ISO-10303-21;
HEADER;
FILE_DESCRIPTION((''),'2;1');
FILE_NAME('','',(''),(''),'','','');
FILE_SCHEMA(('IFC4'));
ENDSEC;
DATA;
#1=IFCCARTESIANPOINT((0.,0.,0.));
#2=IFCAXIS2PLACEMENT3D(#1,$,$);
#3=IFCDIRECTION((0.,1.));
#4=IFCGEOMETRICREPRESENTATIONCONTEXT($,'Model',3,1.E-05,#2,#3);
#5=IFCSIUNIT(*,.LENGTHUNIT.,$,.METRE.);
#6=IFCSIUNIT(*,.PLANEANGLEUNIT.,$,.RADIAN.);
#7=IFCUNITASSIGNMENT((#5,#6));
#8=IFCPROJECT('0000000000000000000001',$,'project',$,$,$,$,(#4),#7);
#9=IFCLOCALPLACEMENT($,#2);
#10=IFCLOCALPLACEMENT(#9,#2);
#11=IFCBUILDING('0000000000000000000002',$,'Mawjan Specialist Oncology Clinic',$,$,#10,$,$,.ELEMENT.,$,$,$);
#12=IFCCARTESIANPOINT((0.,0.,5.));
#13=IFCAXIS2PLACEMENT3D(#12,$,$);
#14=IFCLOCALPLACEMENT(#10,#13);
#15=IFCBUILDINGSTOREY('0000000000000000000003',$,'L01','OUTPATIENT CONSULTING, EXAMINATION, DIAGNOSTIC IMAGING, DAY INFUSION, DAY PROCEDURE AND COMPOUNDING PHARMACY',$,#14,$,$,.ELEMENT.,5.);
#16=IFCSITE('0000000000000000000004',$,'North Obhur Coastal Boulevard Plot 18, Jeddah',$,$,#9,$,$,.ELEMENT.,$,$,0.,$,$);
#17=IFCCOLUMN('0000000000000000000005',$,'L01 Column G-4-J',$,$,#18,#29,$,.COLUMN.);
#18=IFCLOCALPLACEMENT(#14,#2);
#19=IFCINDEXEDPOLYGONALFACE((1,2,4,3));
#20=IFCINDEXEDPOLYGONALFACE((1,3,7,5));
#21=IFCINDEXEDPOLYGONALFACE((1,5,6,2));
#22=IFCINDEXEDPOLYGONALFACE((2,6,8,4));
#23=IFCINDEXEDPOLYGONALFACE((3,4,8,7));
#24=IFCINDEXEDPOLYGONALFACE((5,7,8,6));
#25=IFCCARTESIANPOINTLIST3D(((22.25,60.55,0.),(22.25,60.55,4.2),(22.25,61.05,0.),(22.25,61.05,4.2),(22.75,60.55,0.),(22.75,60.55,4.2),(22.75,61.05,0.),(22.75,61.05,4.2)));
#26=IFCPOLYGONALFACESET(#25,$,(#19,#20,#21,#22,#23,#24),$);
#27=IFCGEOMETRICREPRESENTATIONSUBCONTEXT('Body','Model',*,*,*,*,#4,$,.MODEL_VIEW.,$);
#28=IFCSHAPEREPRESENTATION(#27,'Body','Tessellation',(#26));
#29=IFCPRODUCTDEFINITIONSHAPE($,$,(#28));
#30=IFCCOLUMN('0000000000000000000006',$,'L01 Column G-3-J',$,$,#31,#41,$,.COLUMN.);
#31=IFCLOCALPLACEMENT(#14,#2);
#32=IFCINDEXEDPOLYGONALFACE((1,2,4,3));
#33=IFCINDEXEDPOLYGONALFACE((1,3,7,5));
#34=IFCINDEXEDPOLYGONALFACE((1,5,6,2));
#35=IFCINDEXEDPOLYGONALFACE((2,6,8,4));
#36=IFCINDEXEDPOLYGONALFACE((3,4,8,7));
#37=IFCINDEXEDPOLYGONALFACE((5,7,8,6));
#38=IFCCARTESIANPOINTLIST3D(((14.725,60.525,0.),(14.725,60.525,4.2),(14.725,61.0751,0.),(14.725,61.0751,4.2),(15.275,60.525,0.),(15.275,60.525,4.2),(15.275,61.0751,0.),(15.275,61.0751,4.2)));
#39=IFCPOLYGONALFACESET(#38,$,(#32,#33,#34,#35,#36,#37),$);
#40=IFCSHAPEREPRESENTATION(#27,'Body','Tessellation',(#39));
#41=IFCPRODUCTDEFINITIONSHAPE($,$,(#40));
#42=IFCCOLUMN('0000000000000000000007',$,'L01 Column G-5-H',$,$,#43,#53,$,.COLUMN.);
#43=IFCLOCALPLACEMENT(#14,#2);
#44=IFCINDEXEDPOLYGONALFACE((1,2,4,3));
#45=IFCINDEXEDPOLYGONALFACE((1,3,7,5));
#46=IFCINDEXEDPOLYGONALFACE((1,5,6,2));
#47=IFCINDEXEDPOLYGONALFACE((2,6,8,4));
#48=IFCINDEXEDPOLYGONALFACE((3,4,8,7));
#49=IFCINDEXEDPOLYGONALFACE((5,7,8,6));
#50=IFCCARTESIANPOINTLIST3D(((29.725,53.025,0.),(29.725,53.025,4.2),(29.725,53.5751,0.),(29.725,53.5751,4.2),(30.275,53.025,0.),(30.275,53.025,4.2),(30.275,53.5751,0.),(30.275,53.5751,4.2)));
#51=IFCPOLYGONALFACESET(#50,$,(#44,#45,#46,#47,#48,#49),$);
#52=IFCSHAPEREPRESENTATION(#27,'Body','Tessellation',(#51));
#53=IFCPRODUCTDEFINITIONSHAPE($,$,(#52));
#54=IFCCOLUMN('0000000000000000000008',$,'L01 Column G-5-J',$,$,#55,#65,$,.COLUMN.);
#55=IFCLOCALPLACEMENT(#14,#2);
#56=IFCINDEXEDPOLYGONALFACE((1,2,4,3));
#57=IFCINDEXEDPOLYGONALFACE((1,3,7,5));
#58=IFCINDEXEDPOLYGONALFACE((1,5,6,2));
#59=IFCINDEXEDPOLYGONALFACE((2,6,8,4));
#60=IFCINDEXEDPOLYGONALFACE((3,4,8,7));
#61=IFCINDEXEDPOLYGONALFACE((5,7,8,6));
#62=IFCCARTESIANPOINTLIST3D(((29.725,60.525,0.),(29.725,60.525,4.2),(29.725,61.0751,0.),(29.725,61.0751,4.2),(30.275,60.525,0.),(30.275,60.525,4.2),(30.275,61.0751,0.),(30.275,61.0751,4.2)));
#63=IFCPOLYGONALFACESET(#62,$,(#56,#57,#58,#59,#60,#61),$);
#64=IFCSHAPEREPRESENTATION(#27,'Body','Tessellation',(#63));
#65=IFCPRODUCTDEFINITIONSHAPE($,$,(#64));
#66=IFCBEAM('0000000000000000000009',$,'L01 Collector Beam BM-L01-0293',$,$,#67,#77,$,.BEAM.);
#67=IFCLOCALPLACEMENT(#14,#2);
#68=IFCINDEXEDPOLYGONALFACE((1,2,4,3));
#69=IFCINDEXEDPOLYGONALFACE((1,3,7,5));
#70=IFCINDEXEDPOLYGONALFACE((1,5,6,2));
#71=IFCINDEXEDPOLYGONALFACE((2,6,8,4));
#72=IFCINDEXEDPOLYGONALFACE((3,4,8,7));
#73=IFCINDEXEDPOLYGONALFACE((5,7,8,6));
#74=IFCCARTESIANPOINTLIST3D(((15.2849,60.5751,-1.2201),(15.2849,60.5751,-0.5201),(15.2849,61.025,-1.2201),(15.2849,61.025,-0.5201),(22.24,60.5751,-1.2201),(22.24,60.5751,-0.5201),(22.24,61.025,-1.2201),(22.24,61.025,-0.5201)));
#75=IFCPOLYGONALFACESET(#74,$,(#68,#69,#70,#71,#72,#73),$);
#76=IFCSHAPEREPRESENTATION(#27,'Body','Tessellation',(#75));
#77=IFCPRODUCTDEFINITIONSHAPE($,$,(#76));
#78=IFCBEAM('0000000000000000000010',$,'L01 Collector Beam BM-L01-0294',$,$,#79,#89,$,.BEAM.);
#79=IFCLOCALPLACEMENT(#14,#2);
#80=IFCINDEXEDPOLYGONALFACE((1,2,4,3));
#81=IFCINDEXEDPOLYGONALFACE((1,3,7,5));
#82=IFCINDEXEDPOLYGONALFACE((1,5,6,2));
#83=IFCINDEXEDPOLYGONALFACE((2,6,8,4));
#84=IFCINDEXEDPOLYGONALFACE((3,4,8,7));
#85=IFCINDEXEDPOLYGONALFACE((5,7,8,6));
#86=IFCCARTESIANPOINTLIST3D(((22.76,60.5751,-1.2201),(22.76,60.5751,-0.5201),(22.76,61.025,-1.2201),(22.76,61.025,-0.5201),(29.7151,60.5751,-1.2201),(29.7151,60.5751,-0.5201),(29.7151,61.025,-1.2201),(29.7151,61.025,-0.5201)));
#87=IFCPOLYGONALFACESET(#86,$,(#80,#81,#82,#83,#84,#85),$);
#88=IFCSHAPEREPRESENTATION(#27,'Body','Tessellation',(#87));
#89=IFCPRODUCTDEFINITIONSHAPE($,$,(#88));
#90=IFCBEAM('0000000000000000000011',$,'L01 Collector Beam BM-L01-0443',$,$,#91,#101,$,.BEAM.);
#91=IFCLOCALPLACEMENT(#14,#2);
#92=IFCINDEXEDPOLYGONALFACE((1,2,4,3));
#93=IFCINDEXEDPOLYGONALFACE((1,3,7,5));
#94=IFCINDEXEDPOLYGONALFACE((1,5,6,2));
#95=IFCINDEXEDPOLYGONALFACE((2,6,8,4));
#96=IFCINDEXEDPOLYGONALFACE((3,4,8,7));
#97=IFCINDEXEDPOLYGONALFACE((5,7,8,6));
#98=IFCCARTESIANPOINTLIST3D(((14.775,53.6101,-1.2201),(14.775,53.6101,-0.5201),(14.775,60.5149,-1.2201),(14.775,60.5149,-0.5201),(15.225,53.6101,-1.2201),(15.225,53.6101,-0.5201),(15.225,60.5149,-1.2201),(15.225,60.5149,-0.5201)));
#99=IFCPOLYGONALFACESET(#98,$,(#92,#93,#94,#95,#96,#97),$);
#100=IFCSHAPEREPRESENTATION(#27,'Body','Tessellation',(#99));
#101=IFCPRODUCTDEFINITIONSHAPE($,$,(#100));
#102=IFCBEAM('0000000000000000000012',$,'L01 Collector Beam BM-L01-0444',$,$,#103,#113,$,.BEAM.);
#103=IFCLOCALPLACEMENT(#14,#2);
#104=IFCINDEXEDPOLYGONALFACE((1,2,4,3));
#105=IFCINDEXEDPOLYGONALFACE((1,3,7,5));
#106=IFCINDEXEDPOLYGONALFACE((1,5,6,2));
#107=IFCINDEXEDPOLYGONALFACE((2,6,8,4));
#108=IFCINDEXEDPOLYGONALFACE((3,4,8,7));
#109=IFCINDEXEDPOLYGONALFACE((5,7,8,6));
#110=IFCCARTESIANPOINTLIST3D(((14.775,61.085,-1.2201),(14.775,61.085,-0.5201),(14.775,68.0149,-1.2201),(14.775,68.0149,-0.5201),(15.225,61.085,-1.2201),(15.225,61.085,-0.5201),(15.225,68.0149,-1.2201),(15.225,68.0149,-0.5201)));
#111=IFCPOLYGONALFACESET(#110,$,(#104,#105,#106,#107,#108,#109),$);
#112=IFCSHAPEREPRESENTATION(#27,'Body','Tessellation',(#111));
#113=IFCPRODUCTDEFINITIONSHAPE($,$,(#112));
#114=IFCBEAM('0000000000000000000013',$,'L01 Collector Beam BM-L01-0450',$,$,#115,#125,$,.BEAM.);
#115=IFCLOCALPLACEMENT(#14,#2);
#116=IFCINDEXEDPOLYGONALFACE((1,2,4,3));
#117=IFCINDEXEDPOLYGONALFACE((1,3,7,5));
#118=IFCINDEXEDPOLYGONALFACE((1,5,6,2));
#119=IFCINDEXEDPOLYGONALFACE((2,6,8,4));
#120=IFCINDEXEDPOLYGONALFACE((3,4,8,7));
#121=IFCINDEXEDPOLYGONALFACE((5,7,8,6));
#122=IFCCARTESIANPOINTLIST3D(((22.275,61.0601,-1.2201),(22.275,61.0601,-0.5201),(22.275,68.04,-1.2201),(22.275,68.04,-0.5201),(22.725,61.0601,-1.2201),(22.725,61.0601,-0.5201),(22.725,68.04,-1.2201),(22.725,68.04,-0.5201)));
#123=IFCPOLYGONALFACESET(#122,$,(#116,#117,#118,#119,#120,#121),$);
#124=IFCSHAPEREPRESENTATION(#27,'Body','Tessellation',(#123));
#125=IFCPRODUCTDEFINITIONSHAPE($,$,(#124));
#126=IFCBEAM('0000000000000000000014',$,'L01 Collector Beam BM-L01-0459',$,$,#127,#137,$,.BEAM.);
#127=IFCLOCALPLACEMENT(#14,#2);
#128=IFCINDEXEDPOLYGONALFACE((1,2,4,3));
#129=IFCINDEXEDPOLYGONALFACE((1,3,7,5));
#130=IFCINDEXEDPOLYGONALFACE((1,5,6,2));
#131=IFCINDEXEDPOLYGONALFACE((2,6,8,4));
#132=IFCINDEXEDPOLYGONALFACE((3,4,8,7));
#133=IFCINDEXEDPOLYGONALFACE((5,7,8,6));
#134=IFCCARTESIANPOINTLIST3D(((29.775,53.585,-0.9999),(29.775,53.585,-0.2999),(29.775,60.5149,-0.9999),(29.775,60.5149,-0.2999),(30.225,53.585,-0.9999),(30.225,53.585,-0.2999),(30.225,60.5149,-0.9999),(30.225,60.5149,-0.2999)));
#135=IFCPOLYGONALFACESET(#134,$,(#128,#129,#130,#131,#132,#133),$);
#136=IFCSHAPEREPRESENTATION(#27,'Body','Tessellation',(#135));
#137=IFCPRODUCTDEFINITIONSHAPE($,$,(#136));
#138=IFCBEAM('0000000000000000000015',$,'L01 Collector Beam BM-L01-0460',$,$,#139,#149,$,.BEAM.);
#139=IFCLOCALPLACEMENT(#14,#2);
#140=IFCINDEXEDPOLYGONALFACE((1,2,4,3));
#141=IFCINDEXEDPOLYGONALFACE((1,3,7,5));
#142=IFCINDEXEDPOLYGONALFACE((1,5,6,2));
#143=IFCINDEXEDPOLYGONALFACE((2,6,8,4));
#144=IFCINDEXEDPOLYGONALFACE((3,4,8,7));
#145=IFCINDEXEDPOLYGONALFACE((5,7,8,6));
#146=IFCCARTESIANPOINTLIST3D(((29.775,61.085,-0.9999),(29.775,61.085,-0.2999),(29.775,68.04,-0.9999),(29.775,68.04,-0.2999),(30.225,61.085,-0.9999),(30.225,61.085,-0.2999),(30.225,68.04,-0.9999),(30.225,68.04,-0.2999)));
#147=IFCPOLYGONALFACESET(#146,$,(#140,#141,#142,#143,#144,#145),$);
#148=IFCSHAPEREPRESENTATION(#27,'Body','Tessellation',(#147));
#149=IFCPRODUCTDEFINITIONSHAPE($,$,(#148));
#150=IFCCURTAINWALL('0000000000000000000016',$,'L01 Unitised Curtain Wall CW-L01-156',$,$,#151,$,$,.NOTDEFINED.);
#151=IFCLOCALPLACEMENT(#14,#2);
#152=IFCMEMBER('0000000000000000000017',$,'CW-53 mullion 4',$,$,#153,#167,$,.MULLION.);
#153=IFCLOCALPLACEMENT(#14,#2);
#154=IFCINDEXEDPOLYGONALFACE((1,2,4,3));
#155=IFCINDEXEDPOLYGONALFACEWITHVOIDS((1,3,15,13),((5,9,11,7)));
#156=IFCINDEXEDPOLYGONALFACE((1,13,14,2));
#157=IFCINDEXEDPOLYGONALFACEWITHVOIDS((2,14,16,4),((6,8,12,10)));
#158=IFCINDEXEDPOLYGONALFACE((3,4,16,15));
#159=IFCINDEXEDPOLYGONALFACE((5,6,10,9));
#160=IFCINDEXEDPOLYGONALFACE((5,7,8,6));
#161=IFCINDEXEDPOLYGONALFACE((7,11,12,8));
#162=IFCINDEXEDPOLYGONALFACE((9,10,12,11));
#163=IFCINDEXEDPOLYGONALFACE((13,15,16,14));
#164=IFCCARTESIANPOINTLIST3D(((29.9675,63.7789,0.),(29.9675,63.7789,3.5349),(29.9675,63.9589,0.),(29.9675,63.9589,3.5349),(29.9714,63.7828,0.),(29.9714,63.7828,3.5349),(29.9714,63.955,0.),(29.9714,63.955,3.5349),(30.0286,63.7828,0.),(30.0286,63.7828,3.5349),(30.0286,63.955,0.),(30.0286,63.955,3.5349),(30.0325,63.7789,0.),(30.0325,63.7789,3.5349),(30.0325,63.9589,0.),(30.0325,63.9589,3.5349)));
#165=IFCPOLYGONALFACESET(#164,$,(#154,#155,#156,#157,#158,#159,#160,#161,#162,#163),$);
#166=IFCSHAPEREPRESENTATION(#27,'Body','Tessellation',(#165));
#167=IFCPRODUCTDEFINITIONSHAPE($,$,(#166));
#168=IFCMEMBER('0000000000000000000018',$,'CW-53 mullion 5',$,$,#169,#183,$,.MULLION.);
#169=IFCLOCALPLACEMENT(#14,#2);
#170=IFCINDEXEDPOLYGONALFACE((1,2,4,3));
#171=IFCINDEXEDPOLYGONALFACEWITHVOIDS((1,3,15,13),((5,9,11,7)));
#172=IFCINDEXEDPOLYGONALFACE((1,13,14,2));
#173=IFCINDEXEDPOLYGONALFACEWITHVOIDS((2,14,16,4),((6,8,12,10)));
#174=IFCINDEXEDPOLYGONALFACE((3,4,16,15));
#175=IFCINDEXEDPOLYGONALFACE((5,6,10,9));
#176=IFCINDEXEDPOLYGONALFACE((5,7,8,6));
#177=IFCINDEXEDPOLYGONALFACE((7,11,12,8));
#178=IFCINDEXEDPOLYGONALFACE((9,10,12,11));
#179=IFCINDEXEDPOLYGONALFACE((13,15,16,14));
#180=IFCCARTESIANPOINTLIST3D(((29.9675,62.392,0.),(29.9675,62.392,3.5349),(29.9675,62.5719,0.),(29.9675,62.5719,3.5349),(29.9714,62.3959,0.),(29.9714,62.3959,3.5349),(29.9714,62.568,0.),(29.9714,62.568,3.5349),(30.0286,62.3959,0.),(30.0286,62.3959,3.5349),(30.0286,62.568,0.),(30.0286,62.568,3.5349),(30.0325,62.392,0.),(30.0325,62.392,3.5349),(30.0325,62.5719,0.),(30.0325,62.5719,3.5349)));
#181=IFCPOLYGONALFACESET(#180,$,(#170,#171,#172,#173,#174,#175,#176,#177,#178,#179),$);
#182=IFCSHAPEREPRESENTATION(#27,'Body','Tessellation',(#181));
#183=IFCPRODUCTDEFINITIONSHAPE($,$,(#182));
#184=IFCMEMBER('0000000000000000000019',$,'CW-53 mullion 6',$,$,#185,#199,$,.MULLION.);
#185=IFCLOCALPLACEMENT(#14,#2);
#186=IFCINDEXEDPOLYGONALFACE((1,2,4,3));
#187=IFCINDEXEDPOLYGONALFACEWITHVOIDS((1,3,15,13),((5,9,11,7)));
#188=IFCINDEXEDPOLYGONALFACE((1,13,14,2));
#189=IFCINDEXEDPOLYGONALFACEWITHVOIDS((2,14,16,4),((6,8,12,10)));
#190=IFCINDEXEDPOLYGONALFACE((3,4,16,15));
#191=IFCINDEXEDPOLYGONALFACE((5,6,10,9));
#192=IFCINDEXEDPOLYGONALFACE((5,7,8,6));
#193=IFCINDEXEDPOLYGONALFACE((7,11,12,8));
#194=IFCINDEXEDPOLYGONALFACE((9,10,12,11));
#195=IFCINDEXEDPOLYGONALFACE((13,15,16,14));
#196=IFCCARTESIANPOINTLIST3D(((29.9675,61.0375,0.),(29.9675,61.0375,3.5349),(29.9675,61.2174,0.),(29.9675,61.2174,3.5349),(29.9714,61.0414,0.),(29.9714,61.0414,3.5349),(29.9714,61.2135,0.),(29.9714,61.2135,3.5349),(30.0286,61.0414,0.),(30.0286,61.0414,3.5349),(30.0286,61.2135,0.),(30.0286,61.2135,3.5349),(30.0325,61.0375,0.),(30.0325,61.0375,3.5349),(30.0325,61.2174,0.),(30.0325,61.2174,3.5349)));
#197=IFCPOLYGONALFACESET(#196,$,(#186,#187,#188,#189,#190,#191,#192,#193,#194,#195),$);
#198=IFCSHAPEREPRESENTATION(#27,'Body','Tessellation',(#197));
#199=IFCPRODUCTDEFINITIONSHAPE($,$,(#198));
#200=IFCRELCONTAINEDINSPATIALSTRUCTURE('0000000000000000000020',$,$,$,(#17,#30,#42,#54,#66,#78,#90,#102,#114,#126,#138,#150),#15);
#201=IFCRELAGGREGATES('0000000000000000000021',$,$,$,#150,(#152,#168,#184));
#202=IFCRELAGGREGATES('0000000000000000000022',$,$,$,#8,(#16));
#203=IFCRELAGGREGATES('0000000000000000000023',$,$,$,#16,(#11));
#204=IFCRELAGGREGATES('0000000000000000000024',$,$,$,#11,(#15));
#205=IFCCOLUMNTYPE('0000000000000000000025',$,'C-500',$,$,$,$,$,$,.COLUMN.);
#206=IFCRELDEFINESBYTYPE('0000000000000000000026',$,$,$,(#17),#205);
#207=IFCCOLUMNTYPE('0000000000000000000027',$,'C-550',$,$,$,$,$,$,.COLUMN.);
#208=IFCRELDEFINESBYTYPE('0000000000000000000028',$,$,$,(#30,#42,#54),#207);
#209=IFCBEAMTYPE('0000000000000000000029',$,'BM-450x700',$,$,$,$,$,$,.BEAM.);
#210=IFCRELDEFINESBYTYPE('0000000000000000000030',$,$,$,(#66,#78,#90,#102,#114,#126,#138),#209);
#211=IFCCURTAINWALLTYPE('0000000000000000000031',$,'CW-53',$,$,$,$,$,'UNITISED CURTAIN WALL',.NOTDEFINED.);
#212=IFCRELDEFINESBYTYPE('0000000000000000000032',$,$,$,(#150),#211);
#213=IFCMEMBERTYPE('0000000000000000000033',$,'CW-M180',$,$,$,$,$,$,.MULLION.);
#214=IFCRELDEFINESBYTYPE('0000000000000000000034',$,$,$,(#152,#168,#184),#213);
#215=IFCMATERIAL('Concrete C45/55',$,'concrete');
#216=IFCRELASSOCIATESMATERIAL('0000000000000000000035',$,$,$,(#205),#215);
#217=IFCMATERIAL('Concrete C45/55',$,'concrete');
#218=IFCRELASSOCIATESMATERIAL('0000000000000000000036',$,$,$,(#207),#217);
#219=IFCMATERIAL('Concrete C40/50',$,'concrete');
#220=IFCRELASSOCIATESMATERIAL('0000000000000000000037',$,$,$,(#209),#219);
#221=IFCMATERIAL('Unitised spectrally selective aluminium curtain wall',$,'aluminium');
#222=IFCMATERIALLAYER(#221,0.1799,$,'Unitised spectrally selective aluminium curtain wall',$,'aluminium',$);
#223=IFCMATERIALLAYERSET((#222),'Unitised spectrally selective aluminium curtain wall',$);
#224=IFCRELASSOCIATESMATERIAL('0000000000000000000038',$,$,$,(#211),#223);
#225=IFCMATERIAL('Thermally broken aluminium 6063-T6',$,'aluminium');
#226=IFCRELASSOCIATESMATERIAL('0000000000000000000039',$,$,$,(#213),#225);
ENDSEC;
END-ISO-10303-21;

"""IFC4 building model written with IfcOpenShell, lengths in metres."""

from ifc_helpers import new_model, si_unit, direction, frame, origin, origin_2d, place, context, subcontext, project, spatial, rectangle, hollow_rectangle, extrude, material, layer, layer_set, material_profile, profile_set, type_object, element, aggregate, save


model = new_model("IFC4")

# Units and contexts
model_context = context("Model", 3, precision=1e-05, world=origin(), true_north=direction((0.0, 1.0)))
body_context = subcontext(model_context, "Body", "Model", "MODEL_VIEW")
ifc_project = project(units=[si_unit("LENGTHUNIT", "METRE"), si_unit("PLANEANGLEUNIT", "RADIAN")], contexts=[model_context])

# Site, building, storey
site_placement = place(None, origin())
site = spatial("IfcSite", under=ifc_project, at=site_placement, Name="North Obhur Coastal Boulevard Plot 18, Jeddah", CompositionType="ELEMENT", RefElevation=0.0)
building_placement = place(site_placement, origin())
building = spatial("IfcBuilding", under=site, at=building_placement, Name="Mawjan Specialist Oncology Clinic", CompositionType="ELEMENT")
storey_placement = place(building_placement, frame((0.0, 0.0, 5.0)))
storey = spatial("IfcBuildingStorey", under=building, at=storey_placement, Name="L01", Description="OUTPATIENT CONSULTING, EXAMINATION, DIAGNOSTIC IMAGING, DAY INFUSION, DAY PROCEDURE AND COMPOUNDING PHARMACY", CompositionType="ELEMENT", Elevation=5.0)

# Columns
ifc_material_1 = material(Name="Concrete C45/55", Category="concrete")
ifc_material_profile_1 = material_profile(ifc_material_1, rectangle(XDim=0.5, YDim=0.5, at=origin_2d()), Name="RC COL 500x500", Category="concrete")
ifc_profile_set_1 = profile_set([ifc_material_profile_1], Name="Concrete C45/55")
column_type_1 = type_object("IfcColumnType", Name="C-500", PredefinedType="COLUMN", material=ifc_profile_set_1)
column_placement = place(storey_placement, frame((22.5, 60.8, 0.0), z_axis=(0.0, 0.0, 1.0), x_axis=(1.0, 0.0, 0.0)))
element("IfcColumn", 1, at=column_placement, inside=storey, type_object=column_type_1, Name="L01 Column G-4-J", PredefinedType="COLUMN", context=body_context, shape_type="SweptSolid", body=[
    extrude(rectangle(XDim=0.5, YDim=0.5, at=origin_2d()), origin(), (0.0, 0.0, 1.0), 4.2),
])
ifc_material_2 = material(Name="Concrete C45/55", Category="concrete")
ifc_material_profile_2 = material_profile(ifc_material_2, rectangle(XDim=0.55, YDim=0.55, at=origin_2d()), Name="RC COL 550x550", Category="concrete")
ifc_profile_set_2 = profile_set([ifc_material_profile_2], Name="Concrete C45/55")
column_type_2 = type_object("IfcColumnType", Name="C-550", PredefinedType="COLUMN", material=ifc_profile_set_2)
for number, where, z_axis, x_axis, name in (
    (2, (15.0, 60.8, 0.0), (0.0, 0.0, 1.0), (1.0, 0.0, 0.0), "L01 Column G-3-J"),
    (3, (30.0, 53.3, 0.0), (0.0, 0.0, 1.0), (1.0, 0.0, 0.0), "L01 Column G-5-H"),
    (4, (30.0, 60.8, 0.0), (0.0, 0.0, 1.0), (1.0, 0.0, 0.0), "L01 Column G-5-J"),
):
    element("IfcColumn", number, at=place(storey_placement, frame(where, z_axis=z_axis, x_axis=x_axis)), inside=storey, type_object=column_type_2, Name=name, PredefinedType="COLUMN", context=body_context, shape_type="SweptSolid", body=[
        extrude(rectangle(XDim=0.55, YDim=0.55, at=origin_2d()), origin(), (0.0, 0.0, 1.0), 4.2),
    ])

# Beams
ifc_material_3 = material(Name="Concrete C40/50", Category="concrete")
ifc_material_profile_3 = material_profile(ifc_material_3, rectangle(XDim=0.45, YDim=0.7, at=origin_2d()), Name="RC BM 450x700", Category="concrete")
ifc_profile_set_3 = profile_set([ifc_material_profile_3], Name="Concrete C40/50")
beam_type = type_object("IfcBeamType", Name="BM-450x700", PredefinedType="BEAM", material=ifc_profile_set_3)
for number, where, z_axis, x_axis, name in (
    (5, (15.2849, 60.8, -0.8701), (1.0, 0.0, 0.0), (0.0, 1.0, 0.0), "L01 Collector Beam BM-L01-0293"),
    (6, (22.76, 60.8, -0.8701), (1.0, 0.0, 0.0), (0.0, 1.0, 0.0), "L01 Collector Beam BM-L01-0294"),
):
    element("IfcBeam", number, at=place(storey_placement, frame(where, z_axis=z_axis, x_axis=x_axis)), inside=storey, type_object=beam_type, Name=name, PredefinedType="BEAM", context=body_context, shape_type="SweptSolid", body=[
        extrude(rectangle(XDim=0.45, YDim=0.7, at=origin_2d()), origin(), (0.0, 0.0, 1.0), 6.9551),
    ])
beam_1_placement = place(storey_placement, frame((15.0, 53.6101, -0.8701), z_axis=(0.0, 1.0, 0.0), x_axis=(-1.0, 0.0, 0.0)))
element("IfcBeam", 7, at=beam_1_placement, inside=storey, type_object=beam_type, Name="L01 Collector Beam BM-L01-0443", PredefinedType="BEAM", context=body_context, shape_type="SweptSolid", body=[
    extrude(rectangle(XDim=0.45, YDim=0.7, at=origin_2d()), origin(), (0.0, 0.0, 1.0), 6.9048),
])
beam_2_placement = place(storey_placement, frame((15.0, 61.085, -0.8701), z_axis=(0.0, 1.0, 0.0), x_axis=(-1.0, 0.0, 0.0)))
element("IfcBeam", 8, at=beam_2_placement, inside=storey, type_object=beam_type, Name="L01 Collector Beam BM-L01-0444", PredefinedType="BEAM", context=body_context, shape_type="SweptSolid", body=[
    extrude(rectangle(XDim=0.45, YDim=0.7, at=origin_2d()), origin(), (0.0, 0.0, 1.0), 6.9299),
])
beam_3_placement = place(storey_placement, frame((22.5, 61.0601, -0.8701), z_axis=(0.0, 1.0, 0.0), x_axis=(-1.0, 0.0, 0.0)))
element("IfcBeam", 9, at=beam_3_placement, inside=storey, type_object=beam_type, Name="L01 Collector Beam BM-L01-0450", PredefinedType="BEAM", context=body_context, shape_type="SweptSolid", body=[
    extrude(rectangle(XDim=0.45, YDim=0.7, at=origin_2d()), origin(), (0.0, 0.0, 1.0), 6.98),
])
beam_4_placement = place(storey_placement, frame((30.0, 53.585, -0.6499), z_axis=(0.0, 1.0, 0.0), x_axis=(-1.0, 0.0, 0.0)))
element("IfcBeam", 10, at=beam_4_placement, inside=storey, type_object=beam_type, Name="L01 Collector Beam BM-L01-0459", PredefinedType="BEAM", context=body_context, shape_type="SweptSolid", body=[
    extrude(rectangle(XDim=0.45, YDim=0.7, at=origin_2d()), origin(), (0.0, 0.0, 1.0), 6.9299),
])
beam_5_placement = place(storey_placement, frame((30.0, 61.085, -0.6499), z_axis=(0.0, 1.0, 0.0), x_axis=(-1.0, 0.0, 0.0)))
element("IfcBeam", 11, at=beam_5_placement, inside=storey, type_object=beam_type, Name="L01 Collector Beam BM-L01-0460", PredefinedType="BEAM", context=body_context, shape_type="SweptSolid", body=[
    extrude(rectangle(XDim=0.45, YDim=0.7, at=origin_2d()), origin(), (0.0, 0.0, 1.0), 6.9551),
])

# Curtain wall, members
ifc_material_4 = material(Name="Unitised spectrally selective aluminium curtain wall", Category="aluminium")
ifc_layer_1 = layer(ifc_material_4, 0.1799, Name="Unitised spectrally selective aluminium curtain wall", Category="aluminium")
ifc_layer_set_1 = layer_set([ifc_layer_1], Name="Unitised spectrally selective aluminium curtain wall")
curtain_wall_type = type_object("IfcCurtainWallType", Name="CW-53", ElementType="UNITISED CURTAIN WALL", PredefinedType="NOTDEFINED", material=ifc_layer_set_1)
curtain_wall_placement = place(storey_placement, origin())
curtain_wall = element("IfcCurtainWall", 12, at=curtain_wall_placement, inside=storey, type_object=curtain_wall_type, Name="L01 Unitised Curtain Wall CW-L01-156", PredefinedType="NOTDEFINED")
ifc_material_5 = material(Name="Thermally broken aluminium 6063-T6", Category="aluminium")
ifc_material_profile_4 = material_profile(ifc_material_5, hollow_rectangle(XDim=0.0649, YDim=0.1799, WallThickness=0.0039, at=origin_2d()), Name="ALU MULLION 180x65x4", Category="aluminium")
ifc_profile_set_4 = profile_set([ifc_material_profile_4], Name="Thermally broken aluminium 6063-T6")
member_type_1 = type_object("IfcMemberType", Name="CW-M180", PredefinedType="MULLION", material=ifc_profile_set_4)
member_1_placement = place(storey_placement, frame((30.0, 63.8689, 0.0), z_axis=(0.0, 0.0, 1.0), x_axis=(1.0, 0.0, 0.0)))
member_1 = element("IfcMember", 13, at=member_1_placement, type_object=member_type_1, Name="CW-53 mullion 4", PredefinedType="MULLION", context=body_context, shape_type="SweptSolid", body=[
    extrude(hollow_rectangle(XDim=0.0649, YDim=0.1799, WallThickness=0.0039, at=origin_2d()), origin(), (0.0, 0.0, 1.0), 3.5349),
])
member_2_placement = place(storey_placement, frame((30.0, 62.4819, 0.0), z_axis=(0.0, 0.0, 1.0), x_axis=(1.0, 0.0, 0.0)))
member_2 = element("IfcMember", 14, at=member_2_placement, type_object=member_type_1, Name="CW-53 mullion 5", PredefinedType="MULLION", context=body_context, shape_type="SweptSolid", body=[
    extrude(hollow_rectangle(XDim=0.0649, YDim=0.1799, WallThickness=0.0039, at=origin_2d()), origin(), (0.0, 0.0, 1.0), 3.5349),
])
member_3_placement = place(storey_placement, frame((30.0, 61.1274, 0.0), z_axis=(0.0, 0.0, 1.0), x_axis=(1.0, 0.0, 0.0)))
member_3 = element("IfcMember", 15, at=member_3_placement, type_object=member_type_1, Name="CW-53 mullion 6", PredefinedType="MULLION", context=body_context, shape_type="SweptSolid", body=[
    extrude(hollow_rectangle(XDim=0.0649, YDim=0.1799, WallThickness=0.0039, at=origin_2d()), origin(), (0.0, 0.0, 1.0), 3.5349),
])
aggregate(curtain_wall, [member_1, member_2, member_3])

save(model, "model.ifc")
